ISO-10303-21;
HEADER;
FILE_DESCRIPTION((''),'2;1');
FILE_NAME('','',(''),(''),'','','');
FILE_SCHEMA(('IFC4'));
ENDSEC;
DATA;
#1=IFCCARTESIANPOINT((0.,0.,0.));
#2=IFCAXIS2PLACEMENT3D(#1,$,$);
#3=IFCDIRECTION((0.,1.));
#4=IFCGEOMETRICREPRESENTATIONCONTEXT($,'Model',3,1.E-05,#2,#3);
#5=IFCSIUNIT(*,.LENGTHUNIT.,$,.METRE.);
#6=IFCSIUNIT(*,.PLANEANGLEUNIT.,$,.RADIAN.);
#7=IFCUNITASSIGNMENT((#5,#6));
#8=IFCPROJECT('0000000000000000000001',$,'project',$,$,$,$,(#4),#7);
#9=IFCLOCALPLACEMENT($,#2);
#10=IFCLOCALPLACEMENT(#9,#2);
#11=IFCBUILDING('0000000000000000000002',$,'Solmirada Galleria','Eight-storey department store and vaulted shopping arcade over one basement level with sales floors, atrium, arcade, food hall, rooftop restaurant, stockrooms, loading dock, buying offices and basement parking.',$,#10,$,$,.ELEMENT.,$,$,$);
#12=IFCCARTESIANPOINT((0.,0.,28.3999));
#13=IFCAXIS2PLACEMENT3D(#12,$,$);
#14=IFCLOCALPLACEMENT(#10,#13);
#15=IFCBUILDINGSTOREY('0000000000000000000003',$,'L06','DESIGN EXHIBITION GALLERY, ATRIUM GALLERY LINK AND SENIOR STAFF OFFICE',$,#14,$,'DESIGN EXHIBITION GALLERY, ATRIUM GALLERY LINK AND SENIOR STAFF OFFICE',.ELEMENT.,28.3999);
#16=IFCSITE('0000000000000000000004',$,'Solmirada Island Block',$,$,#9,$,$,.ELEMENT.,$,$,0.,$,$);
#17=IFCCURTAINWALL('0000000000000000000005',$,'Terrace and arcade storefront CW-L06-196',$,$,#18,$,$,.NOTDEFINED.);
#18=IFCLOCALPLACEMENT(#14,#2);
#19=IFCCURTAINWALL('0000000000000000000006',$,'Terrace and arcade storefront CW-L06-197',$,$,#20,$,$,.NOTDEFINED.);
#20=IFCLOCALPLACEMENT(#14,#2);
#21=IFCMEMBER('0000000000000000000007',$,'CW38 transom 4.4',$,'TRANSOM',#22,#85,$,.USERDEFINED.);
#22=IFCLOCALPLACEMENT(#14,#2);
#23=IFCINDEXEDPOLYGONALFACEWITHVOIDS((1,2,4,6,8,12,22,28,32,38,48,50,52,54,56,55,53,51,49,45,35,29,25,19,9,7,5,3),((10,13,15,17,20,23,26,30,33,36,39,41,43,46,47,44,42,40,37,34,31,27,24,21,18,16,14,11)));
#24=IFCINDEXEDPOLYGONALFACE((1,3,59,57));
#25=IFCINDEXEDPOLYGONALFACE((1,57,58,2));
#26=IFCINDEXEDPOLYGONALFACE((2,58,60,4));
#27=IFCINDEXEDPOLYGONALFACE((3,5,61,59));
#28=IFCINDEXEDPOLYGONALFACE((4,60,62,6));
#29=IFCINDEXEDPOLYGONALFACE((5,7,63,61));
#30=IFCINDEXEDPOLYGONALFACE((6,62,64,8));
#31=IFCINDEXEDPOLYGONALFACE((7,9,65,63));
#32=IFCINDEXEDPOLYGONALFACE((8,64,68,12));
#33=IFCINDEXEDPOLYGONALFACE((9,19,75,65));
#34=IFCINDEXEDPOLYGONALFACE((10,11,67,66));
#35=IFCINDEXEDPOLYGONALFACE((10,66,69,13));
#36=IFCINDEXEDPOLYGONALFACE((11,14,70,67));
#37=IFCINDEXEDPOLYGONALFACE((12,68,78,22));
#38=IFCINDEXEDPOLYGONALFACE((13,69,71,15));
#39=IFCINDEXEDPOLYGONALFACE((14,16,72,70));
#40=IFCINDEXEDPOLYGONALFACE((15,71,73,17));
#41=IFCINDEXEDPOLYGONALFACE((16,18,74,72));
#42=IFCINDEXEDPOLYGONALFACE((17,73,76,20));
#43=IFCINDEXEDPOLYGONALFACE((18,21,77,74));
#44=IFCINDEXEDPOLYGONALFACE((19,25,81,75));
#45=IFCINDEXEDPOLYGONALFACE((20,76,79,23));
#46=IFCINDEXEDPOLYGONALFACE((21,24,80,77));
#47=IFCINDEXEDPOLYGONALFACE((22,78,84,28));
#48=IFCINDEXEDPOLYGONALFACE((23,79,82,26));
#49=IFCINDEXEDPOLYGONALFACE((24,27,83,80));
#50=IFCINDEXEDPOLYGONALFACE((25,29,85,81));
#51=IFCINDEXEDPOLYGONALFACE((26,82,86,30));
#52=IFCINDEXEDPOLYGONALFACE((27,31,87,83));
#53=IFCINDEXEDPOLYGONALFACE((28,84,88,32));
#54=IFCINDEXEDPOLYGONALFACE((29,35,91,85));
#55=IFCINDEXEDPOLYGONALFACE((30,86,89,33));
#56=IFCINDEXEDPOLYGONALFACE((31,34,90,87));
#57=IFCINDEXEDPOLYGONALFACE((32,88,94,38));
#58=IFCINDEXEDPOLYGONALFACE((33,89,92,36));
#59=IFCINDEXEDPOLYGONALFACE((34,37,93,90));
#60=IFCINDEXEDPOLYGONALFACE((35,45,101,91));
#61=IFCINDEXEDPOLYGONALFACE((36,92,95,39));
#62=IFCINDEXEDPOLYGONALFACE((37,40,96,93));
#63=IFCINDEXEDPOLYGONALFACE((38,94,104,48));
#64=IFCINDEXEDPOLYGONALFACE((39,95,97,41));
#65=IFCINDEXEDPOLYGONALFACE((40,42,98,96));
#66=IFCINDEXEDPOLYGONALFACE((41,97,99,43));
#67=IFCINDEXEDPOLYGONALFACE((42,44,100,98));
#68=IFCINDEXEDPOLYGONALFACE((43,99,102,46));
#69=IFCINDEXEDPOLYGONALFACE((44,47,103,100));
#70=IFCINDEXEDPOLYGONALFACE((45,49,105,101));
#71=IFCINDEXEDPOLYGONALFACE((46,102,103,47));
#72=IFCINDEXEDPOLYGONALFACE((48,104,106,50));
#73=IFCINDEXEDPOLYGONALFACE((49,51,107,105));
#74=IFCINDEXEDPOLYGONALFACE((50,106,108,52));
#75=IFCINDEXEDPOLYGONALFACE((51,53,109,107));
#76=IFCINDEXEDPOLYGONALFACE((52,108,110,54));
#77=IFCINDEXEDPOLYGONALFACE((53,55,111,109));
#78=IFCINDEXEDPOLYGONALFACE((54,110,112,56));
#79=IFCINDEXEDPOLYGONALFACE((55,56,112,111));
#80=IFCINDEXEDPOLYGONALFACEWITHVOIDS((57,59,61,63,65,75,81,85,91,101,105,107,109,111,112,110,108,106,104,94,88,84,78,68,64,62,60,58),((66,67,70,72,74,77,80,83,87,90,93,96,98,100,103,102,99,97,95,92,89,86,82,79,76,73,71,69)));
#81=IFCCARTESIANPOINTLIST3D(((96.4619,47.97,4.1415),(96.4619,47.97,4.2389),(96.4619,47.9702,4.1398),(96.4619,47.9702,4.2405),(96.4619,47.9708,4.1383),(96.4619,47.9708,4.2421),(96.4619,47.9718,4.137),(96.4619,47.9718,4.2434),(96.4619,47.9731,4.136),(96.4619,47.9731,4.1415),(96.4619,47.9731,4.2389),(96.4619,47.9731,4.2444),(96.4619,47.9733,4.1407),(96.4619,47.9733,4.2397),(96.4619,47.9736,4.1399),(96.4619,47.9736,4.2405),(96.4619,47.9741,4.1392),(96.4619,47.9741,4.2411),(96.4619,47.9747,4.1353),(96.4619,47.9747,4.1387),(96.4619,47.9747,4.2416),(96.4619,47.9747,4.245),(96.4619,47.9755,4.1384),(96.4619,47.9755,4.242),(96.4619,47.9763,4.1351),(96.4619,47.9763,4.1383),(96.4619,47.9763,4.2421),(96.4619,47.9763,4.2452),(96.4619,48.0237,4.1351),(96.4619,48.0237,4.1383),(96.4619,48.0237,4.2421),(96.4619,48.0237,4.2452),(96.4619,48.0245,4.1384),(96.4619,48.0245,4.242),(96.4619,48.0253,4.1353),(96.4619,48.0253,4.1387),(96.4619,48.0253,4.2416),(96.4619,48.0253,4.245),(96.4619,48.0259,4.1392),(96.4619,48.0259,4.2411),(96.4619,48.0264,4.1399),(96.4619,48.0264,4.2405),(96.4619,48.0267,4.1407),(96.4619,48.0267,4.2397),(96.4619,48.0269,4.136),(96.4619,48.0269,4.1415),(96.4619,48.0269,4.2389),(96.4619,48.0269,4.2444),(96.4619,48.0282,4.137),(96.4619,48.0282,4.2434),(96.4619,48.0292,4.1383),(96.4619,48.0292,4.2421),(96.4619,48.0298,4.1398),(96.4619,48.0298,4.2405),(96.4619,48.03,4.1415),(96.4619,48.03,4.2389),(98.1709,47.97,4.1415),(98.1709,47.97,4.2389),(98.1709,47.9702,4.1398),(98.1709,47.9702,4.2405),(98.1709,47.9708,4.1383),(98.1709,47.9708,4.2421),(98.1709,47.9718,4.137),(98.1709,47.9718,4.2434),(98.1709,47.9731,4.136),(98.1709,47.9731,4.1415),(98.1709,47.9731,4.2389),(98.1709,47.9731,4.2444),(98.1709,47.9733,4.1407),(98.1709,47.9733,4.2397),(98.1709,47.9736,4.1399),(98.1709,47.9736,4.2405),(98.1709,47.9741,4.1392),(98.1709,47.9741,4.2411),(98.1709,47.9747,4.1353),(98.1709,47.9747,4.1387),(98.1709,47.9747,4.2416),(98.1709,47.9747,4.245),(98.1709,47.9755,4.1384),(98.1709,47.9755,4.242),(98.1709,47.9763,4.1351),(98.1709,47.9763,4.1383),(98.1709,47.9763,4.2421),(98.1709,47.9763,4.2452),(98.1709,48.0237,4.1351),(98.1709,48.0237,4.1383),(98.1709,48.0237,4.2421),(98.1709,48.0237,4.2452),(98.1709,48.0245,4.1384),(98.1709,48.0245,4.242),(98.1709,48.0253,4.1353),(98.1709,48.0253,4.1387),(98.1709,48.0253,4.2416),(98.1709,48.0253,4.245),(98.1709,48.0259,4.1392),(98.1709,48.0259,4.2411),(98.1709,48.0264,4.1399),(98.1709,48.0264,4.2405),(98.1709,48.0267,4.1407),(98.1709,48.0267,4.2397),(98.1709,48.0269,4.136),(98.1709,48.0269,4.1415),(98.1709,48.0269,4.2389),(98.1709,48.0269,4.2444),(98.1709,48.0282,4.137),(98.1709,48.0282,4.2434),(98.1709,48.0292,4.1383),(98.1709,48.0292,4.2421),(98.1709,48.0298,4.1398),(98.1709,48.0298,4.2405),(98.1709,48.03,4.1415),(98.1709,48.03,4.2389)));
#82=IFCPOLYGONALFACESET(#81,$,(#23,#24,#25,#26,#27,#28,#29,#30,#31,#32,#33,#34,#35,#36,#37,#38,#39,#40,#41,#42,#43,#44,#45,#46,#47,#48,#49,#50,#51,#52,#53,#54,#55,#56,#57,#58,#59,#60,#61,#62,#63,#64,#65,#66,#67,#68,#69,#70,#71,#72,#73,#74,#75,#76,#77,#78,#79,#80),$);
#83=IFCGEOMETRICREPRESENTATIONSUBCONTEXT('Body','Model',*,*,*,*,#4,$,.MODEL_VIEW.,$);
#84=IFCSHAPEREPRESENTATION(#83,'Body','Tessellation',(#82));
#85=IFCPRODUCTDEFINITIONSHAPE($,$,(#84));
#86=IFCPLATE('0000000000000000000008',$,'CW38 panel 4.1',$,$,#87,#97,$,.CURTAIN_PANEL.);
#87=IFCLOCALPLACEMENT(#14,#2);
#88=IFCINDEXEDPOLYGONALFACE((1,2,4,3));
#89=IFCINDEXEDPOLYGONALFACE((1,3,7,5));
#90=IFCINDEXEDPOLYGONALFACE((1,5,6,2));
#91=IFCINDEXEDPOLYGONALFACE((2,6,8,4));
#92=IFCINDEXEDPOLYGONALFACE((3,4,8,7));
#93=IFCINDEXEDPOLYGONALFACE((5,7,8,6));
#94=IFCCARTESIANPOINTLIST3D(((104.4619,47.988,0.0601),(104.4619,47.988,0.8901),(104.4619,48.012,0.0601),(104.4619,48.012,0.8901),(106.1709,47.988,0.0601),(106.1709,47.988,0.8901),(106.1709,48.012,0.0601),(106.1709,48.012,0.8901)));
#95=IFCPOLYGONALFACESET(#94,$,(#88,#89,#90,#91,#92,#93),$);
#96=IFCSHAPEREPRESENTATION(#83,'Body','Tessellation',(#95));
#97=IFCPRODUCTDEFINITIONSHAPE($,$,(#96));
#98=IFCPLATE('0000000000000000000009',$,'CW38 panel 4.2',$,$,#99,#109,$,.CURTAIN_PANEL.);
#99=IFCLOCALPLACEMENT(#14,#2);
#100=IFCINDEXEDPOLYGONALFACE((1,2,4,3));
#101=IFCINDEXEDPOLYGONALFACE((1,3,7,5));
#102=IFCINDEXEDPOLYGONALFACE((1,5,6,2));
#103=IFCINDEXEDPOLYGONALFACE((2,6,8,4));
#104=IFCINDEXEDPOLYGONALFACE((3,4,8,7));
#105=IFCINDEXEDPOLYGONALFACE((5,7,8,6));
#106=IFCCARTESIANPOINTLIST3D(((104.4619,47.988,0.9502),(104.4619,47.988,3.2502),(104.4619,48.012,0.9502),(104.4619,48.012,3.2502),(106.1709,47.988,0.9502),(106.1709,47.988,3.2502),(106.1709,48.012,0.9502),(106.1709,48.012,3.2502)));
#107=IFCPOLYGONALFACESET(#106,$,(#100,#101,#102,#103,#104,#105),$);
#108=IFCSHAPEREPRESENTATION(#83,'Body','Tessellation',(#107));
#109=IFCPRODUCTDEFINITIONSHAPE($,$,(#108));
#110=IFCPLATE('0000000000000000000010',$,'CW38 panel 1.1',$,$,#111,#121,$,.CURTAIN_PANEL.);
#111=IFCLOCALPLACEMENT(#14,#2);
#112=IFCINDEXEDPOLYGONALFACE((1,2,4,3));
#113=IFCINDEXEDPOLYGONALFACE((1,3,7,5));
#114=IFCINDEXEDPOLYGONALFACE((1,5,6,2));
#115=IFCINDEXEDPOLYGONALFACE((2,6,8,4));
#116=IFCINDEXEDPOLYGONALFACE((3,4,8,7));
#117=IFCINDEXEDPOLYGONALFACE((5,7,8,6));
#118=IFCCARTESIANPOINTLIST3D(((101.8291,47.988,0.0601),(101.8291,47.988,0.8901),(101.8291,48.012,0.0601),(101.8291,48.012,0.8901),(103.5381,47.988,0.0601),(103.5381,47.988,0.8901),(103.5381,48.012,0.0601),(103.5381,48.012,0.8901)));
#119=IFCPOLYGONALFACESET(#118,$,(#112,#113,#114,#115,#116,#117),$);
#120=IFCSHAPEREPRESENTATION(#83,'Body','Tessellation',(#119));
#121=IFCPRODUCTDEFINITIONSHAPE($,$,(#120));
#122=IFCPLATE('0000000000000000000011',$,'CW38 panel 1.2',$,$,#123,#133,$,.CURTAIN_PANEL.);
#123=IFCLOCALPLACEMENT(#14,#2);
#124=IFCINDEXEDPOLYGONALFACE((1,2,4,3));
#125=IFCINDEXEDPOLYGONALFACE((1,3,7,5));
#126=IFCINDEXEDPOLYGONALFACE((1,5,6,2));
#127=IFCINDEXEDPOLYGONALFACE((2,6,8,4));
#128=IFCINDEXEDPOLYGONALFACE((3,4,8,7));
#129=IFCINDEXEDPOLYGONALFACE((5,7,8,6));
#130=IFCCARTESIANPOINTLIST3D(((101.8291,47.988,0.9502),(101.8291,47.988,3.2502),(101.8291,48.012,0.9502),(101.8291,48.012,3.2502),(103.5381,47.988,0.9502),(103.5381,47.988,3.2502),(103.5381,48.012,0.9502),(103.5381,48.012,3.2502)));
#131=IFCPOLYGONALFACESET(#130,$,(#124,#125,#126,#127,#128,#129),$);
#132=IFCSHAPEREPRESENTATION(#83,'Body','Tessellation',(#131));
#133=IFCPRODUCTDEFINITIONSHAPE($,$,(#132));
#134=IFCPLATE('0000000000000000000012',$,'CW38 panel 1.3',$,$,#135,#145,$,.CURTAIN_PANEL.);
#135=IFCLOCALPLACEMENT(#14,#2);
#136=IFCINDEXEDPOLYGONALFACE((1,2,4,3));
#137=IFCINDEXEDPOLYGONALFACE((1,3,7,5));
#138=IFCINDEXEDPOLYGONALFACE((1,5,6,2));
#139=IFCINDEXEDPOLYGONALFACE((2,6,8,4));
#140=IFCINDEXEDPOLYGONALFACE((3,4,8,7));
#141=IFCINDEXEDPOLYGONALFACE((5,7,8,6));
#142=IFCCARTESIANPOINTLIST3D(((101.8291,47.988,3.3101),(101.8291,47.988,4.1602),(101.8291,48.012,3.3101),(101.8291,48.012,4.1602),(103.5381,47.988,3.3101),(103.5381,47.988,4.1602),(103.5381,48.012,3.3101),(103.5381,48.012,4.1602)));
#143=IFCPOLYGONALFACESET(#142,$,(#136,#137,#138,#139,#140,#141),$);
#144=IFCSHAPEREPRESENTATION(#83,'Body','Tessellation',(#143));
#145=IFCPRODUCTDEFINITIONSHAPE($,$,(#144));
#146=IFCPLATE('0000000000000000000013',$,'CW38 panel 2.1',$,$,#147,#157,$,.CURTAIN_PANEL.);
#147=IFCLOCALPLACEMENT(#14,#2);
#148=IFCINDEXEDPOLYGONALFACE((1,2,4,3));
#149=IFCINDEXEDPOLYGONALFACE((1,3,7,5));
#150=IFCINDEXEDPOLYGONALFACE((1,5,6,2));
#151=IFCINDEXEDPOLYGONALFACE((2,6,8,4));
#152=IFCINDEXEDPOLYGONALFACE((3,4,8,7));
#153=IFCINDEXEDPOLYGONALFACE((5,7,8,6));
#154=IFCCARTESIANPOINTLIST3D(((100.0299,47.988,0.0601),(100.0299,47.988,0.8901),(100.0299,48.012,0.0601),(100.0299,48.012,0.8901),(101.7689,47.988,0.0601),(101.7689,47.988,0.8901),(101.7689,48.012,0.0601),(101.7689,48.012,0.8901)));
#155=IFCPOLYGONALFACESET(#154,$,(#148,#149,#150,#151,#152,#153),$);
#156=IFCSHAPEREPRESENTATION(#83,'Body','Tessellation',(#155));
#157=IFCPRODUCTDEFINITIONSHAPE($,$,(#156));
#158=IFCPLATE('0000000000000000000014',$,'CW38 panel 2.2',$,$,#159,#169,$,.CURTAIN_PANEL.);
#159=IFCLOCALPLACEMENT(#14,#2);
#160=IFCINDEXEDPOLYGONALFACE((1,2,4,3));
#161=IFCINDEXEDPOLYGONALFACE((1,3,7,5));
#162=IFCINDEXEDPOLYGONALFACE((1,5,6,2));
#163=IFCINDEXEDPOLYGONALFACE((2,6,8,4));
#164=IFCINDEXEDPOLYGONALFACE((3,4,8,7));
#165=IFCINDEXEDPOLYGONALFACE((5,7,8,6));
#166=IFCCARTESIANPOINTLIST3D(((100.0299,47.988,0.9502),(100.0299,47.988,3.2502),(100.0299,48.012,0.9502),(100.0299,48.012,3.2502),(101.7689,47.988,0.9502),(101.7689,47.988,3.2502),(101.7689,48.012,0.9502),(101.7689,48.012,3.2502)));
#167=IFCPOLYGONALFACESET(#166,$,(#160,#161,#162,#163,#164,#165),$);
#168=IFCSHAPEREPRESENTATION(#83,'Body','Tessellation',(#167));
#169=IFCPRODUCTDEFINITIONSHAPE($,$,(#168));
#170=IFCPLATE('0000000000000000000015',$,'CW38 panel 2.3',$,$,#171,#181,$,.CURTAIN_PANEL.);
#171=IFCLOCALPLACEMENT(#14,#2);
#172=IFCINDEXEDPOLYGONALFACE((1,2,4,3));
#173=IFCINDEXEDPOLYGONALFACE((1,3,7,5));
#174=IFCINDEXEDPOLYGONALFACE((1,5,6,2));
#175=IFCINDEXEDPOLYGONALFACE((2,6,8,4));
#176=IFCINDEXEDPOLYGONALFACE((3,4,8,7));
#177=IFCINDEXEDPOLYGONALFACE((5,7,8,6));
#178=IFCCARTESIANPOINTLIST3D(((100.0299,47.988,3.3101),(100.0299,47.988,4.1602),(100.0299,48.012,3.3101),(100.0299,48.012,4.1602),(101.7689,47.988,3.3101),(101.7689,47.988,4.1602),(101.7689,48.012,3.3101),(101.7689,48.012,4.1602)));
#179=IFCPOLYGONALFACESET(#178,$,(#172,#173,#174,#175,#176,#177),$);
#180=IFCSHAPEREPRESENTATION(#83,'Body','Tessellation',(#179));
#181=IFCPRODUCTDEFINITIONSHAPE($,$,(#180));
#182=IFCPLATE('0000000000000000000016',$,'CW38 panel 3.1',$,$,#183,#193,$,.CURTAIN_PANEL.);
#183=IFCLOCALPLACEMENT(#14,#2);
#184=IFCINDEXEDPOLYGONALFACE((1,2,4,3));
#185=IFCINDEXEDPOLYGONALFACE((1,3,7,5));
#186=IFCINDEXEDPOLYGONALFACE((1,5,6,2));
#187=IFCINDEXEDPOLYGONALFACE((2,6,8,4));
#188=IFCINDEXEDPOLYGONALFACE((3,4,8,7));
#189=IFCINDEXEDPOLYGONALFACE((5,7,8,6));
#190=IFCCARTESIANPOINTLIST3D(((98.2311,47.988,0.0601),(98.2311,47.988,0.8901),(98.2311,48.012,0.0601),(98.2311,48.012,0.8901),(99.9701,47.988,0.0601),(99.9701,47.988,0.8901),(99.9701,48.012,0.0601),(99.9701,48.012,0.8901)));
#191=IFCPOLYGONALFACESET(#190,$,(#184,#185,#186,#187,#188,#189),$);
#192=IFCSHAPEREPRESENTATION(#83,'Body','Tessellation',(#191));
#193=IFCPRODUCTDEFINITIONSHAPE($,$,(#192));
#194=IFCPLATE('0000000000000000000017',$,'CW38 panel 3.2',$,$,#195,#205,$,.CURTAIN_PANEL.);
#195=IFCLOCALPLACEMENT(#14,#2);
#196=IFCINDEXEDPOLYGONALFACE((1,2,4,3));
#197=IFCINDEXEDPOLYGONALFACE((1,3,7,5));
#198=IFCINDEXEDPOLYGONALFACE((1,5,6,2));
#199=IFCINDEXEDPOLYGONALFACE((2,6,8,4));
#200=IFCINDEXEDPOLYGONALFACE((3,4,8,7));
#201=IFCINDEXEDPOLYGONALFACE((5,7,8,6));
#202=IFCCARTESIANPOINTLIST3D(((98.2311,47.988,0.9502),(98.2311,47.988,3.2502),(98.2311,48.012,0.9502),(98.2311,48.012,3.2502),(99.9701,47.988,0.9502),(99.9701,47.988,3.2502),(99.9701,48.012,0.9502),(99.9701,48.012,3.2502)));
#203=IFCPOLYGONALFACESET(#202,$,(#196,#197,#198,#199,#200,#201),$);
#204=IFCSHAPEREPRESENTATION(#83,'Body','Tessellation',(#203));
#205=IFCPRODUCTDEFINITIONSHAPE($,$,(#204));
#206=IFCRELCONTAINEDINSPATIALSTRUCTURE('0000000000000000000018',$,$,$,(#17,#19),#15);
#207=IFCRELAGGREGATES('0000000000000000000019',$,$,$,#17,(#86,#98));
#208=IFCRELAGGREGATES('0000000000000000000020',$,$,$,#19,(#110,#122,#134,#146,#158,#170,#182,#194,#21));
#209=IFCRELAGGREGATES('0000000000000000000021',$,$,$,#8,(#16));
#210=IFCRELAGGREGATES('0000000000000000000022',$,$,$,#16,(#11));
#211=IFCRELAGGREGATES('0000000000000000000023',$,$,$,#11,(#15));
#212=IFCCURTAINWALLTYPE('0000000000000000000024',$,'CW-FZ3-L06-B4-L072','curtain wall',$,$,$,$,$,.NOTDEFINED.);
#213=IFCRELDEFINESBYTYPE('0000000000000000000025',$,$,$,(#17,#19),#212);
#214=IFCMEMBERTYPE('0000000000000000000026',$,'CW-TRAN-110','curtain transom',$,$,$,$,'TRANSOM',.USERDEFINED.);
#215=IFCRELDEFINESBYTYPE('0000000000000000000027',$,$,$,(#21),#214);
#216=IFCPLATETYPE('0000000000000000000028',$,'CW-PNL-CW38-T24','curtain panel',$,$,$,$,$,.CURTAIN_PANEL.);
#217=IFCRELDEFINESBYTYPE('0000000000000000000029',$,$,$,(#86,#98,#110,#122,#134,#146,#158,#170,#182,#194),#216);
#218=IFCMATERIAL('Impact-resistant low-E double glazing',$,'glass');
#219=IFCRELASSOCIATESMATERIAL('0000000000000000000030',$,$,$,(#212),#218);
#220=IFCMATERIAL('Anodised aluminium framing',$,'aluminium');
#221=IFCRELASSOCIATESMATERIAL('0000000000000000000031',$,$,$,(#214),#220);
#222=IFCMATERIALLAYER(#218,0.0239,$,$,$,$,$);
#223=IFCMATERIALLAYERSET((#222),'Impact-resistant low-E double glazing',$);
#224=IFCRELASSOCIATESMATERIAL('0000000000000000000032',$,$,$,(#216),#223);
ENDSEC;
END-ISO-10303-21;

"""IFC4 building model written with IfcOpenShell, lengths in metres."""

from ifc_helpers import new_model, si_unit, direction, frame, origin, origin_2d, place, context, subcontext, project, spatial, rectangle, hollow_rectangle, extrude, material, layer, layer_set, material_profile, profile_set, type_object, element, aggregate, save


model = new_model("IFC4")

# Units and contexts
model_context = context("Model", 3, precision=1e-05, world=origin(), true_north=direction((0.0, 1.0)))
body_context = subcontext(model_context, "Body", "Model", "MODEL_VIEW")
ifc_project = project(units=[si_unit("LENGTHUNIT", "METRE"), si_unit("PLANEANGLEUNIT", "RADIAN")], contexts=[model_context])

# Site, building, storey
site_placement = place(None, origin())
site = spatial("IfcSite", under=ifc_project, at=site_placement, Name="Solmirada Island Block", CompositionType="ELEMENT", RefElevation=0.0)
building_placement = place(site_placement, origin())
building = spatial("IfcBuilding", under=site, at=building_placement, Name="Solmirada Galleria", Description="Eight-storey department store and vaulted shopping arcade over one basement level with sales floors, atrium, arcade, food hall, rooftop restaurant, stockrooms, loading dock, buying offices and basement parking.", CompositionType="ELEMENT")
storey_placement = place(building_placement, frame((0.0, 0.0, 28.3999)))
storey = spatial("IfcBuildingStorey", under=building, at=storey_placement, Name="L06", Description="DESIGN EXHIBITION GALLERY, ATRIUM GALLERY LINK AND SENIOR STAFF OFFICE", LongName="DESIGN EXHIBITION GALLERY, ATRIUM GALLERY LINK AND SENIOR STAFF OFFICE", CompositionType="ELEMENT", Elevation=28.3999)

# Curtain wall
ifc_material_1 = material(Name="Impact-resistant low-E double glazing", Category="glass")
curtain_wall_type = type_object("IfcCurtainWallType", Name="CW-FZ3-L06-B4-L072", Description="curtain wall", PredefinedType="NOTDEFINED", material=ifc_material_1)
curtain_wall_1_placement = place(storey_placement, origin())
curtain_wall_1 = element("IfcCurtainWall", 1, at=curtain_wall_1_placement, inside=storey, type_object=curtain_wall_type, Name="Terrace and arcade storefront CW-L06-196", PredefinedType="NOTDEFINED")
ifc_material_2 = material(Name="Anodised aluminium framing", Category="aluminium")

# Curtain wall, member
curtain_wall_2_placement = place(storey_placement, origin())
curtain_wall_2 = element("IfcCurtainWall", 2, at=curtain_wall_2_placement, inside=storey, type_object=curtain_wall_type, Name="Terrace and arcade storefront CW-L06-197", PredefinedType="NOTDEFINED")
ifc_material_profile_1 = material_profile(ifc_material_2, hollow_rectangle(XDim=0.0601, YDim=0.1101, WallThickness=0.0032, InnerFilletRadius=0.0032, OuterFilletRadius=0.0063, at=origin_2d()), Name="ALU-TRAN-110X60")
ifc_profile_set_1 = profile_set([ifc_material_profile_1], Name="Anodised aluminium framing")
member_type_1 = type_object("IfcMemberType", Name="CW-TRAN-110", Description="curtain transom", ElementType="TRANSOM", PredefinedType="USERDEFINED", material=ifc_profile_set_1)
member_1_placement = place(storey_placement, frame((98.1709, 48.0, 4.1902), z_axis=(-1.0, 0.0, 0.0), x_axis=(0.0, -1.0, 0.0)))
member_1 = element("IfcMember", 3, at=member_1_placement, type_object=member_type_1, Name="CW38 transom 4.4", ObjectType="TRANSOM", PredefinedType="USERDEFINED", context=body_context, shape_type="SweptSolid", body=[
    extrude(hollow_rectangle(XDim=0.0601, YDim=0.1101, WallThickness=0.0032, InnerFilletRadius=0.0032, OuterFilletRadius=0.0063, at=origin_2d()), origin(), (0.0, 0.0, 1.0), 1.709),
])

# Plates
ifc_layer = layer(ifc_material_1, 0.0239)
ifc_layer_set = layer_set([ifc_layer], Name="Impact-resistant low-E double glazing")
plate_type = type_object("IfcPlateType", Name="CW-PNL-CW38-T24", Description="curtain panel", PredefinedType="CURTAIN_PANEL", material=ifc_layer_set)
plate_1_placement = place(storey_placement, frame((105.3164, 48.0, 0.0601), z_axis=(0.0, 0.0, 1.0), x_axis=(-1.0, 0.0, 0.0)))
plate_1 = element("IfcPlate", 4, at=plate_1_placement, type_object=plate_type, Name="CW38 panel 4.1", PredefinedType="CURTAIN_PANEL", context=body_context, shape_type="SweptSolid", body=[
    extrude(rectangle(XDim=1.709, YDim=0.0239, at=origin_2d()), origin(), (0.0, 0.0, 1.0), 0.8301),
])
plate_2_placement = place(storey_placement, frame((105.3164, 48.0, 0.9502), z_axis=(0.0, 0.0, 1.0), x_axis=(-1.0, 0.0, 0.0)))
plate_2 = element("IfcPlate", 5, at=plate_2_placement, type_object=plate_type, Name="CW38 panel 4.2", PredefinedType="CURTAIN_PANEL", context=body_context, shape_type="SweptSolid", body=[
    extrude(rectangle(XDim=1.709, YDim=0.0239, at=origin_2d()), origin(), (0.0, 0.0, 1.0), 2.3),
])
aggregate(curtain_wall_1, [plate_1, plate_2])
plate_3_placement = place(storey_placement, frame((102.6836, 48.0, 0.0601), z_axis=(0.0, 0.0, 1.0), x_axis=(-1.0, 0.0, 0.0)))
plate_3 = element("IfcPlate", 6, at=plate_3_placement, type_object=plate_type, Name="CW38 panel 1.1", PredefinedType="CURTAIN_PANEL", context=body_context, shape_type="SweptSolid", body=[
    extrude(rectangle(XDim=1.709, YDim=0.0239, at=origin_2d()), origin(), (0.0, 0.0, 1.0), 0.8301),
])
plate_4_placement = place(storey_placement, frame((102.6836, 48.0, 0.9502), z_axis=(0.0, 0.0, 1.0), x_axis=(-1.0, 0.0, 0.0)))
plate_4 = element("IfcPlate", 7, at=plate_4_placement, type_object=plate_type, Name="CW38 panel 1.2", PredefinedType="CURTAIN_PANEL", context=body_context, shape_type="SweptSolid", body=[
    extrude(rectangle(XDim=1.709, YDim=0.0239, at=origin_2d()), origin(), (0.0, 0.0, 1.0), 2.3),
])
plate_5_placement = place(storey_placement, frame((102.6836, 48.0, 3.3101), z_axis=(0.0, 0.0, 1.0), x_axis=(-1.0, 0.0, 0.0)))
plate_5 = element("IfcPlate", 8, at=plate_5_placement, type_object=plate_type, Name="CW38 panel 1.3", PredefinedType="CURTAIN_PANEL", context=body_context, shape_type="SweptSolid", body=[
    extrude(rectangle(XDim=1.709, YDim=0.0239, at=origin_2d()), origin(), (0.0, 0.0, 1.0), 0.8501),
])
plate_6_placement = place(storey_placement, frame((100.8994, 48.0, 0.0601), z_axis=(0.0, 0.0, 1.0), x_axis=(-1.0, 0.0, 0.0)))
plate_6 = element("IfcPlate", 9, at=plate_6_placement, type_object=plate_type, Name="CW38 panel 2.1", PredefinedType="CURTAIN_PANEL", context=body_context, shape_type="SweptSolid", body=[
    extrude(rectangle(XDim=1.739, YDim=0.0239, at=origin_2d()), origin(), (0.0, 0.0, 1.0), 0.8301),
])
plate_7_placement = place(storey_placement, frame((100.8994, 48.0, 0.9502), z_axis=(0.0, 0.0, 1.0), x_axis=(-1.0, 0.0, 0.0)))
plate_7 = element("IfcPlate", 10, at=plate_7_placement, type_object=plate_type, Name="CW38 panel 2.2", PredefinedType="CURTAIN_PANEL", context=body_context, shape_type="SweptSolid", body=[
    extrude(rectangle(XDim=1.739, YDim=0.0239, at=origin_2d()), origin(), (0.0, 0.0, 1.0), 2.3),
])
plate_8_placement = place(storey_placement, frame((100.8994, 48.0, 3.3101), z_axis=(0.0, 0.0, 1.0), x_axis=(-1.0, 0.0, 0.0)))
plate_8 = element("IfcPlate", 11, at=plate_8_placement, type_object=plate_type, Name="CW38 panel 2.3", PredefinedType="CURTAIN_PANEL", context=body_context, shape_type="SweptSolid", body=[
    extrude(rectangle(XDim=1.739, YDim=0.0239, at=origin_2d()), origin(), (0.0, 0.0, 1.0), 0.8501),
])
plate_9_placement = place(storey_placement, frame((99.1006, 48.0, 0.0601), z_axis=(0.0, 0.0, 1.0), x_axis=(-1.0, 0.0, 0.0)))
plate_9 = element("IfcPlate", 12, at=plate_9_placement, type_object=plate_type, Name="CW38 panel 3.1", PredefinedType="CURTAIN_PANEL", context=body_context, shape_type="SweptSolid", body=[
    extrude(rectangle(XDim=1.739, YDim=0.0239, at=origin_2d()), origin(), (0.0, 0.0, 1.0), 0.8301),
])
plate_10_placement = place(storey_placement, frame((99.1006, 48.0, 0.9502), z_axis=(0.0, 0.0, 1.0), x_axis=(-1.0, 0.0, 0.0)))
plate_10 = element("IfcPlate", 13, at=plate_10_placement, type_object=plate_type, Name="CW38 panel 3.2", PredefinedType="CURTAIN_PANEL", context=body_context, shape_type="SweptSolid", body=[
    extrude(rectangle(XDim=1.739, YDim=0.0239, at=origin_2d()), origin(), (0.0, 0.0, 1.0), 2.3),
])
aggregate(curtain_wall_2, [plate_3, plate_4, plate_5, plate_6, plate_7, plate_8, plate_9, plate_10, member_1])

save(model, "model.ifc")
